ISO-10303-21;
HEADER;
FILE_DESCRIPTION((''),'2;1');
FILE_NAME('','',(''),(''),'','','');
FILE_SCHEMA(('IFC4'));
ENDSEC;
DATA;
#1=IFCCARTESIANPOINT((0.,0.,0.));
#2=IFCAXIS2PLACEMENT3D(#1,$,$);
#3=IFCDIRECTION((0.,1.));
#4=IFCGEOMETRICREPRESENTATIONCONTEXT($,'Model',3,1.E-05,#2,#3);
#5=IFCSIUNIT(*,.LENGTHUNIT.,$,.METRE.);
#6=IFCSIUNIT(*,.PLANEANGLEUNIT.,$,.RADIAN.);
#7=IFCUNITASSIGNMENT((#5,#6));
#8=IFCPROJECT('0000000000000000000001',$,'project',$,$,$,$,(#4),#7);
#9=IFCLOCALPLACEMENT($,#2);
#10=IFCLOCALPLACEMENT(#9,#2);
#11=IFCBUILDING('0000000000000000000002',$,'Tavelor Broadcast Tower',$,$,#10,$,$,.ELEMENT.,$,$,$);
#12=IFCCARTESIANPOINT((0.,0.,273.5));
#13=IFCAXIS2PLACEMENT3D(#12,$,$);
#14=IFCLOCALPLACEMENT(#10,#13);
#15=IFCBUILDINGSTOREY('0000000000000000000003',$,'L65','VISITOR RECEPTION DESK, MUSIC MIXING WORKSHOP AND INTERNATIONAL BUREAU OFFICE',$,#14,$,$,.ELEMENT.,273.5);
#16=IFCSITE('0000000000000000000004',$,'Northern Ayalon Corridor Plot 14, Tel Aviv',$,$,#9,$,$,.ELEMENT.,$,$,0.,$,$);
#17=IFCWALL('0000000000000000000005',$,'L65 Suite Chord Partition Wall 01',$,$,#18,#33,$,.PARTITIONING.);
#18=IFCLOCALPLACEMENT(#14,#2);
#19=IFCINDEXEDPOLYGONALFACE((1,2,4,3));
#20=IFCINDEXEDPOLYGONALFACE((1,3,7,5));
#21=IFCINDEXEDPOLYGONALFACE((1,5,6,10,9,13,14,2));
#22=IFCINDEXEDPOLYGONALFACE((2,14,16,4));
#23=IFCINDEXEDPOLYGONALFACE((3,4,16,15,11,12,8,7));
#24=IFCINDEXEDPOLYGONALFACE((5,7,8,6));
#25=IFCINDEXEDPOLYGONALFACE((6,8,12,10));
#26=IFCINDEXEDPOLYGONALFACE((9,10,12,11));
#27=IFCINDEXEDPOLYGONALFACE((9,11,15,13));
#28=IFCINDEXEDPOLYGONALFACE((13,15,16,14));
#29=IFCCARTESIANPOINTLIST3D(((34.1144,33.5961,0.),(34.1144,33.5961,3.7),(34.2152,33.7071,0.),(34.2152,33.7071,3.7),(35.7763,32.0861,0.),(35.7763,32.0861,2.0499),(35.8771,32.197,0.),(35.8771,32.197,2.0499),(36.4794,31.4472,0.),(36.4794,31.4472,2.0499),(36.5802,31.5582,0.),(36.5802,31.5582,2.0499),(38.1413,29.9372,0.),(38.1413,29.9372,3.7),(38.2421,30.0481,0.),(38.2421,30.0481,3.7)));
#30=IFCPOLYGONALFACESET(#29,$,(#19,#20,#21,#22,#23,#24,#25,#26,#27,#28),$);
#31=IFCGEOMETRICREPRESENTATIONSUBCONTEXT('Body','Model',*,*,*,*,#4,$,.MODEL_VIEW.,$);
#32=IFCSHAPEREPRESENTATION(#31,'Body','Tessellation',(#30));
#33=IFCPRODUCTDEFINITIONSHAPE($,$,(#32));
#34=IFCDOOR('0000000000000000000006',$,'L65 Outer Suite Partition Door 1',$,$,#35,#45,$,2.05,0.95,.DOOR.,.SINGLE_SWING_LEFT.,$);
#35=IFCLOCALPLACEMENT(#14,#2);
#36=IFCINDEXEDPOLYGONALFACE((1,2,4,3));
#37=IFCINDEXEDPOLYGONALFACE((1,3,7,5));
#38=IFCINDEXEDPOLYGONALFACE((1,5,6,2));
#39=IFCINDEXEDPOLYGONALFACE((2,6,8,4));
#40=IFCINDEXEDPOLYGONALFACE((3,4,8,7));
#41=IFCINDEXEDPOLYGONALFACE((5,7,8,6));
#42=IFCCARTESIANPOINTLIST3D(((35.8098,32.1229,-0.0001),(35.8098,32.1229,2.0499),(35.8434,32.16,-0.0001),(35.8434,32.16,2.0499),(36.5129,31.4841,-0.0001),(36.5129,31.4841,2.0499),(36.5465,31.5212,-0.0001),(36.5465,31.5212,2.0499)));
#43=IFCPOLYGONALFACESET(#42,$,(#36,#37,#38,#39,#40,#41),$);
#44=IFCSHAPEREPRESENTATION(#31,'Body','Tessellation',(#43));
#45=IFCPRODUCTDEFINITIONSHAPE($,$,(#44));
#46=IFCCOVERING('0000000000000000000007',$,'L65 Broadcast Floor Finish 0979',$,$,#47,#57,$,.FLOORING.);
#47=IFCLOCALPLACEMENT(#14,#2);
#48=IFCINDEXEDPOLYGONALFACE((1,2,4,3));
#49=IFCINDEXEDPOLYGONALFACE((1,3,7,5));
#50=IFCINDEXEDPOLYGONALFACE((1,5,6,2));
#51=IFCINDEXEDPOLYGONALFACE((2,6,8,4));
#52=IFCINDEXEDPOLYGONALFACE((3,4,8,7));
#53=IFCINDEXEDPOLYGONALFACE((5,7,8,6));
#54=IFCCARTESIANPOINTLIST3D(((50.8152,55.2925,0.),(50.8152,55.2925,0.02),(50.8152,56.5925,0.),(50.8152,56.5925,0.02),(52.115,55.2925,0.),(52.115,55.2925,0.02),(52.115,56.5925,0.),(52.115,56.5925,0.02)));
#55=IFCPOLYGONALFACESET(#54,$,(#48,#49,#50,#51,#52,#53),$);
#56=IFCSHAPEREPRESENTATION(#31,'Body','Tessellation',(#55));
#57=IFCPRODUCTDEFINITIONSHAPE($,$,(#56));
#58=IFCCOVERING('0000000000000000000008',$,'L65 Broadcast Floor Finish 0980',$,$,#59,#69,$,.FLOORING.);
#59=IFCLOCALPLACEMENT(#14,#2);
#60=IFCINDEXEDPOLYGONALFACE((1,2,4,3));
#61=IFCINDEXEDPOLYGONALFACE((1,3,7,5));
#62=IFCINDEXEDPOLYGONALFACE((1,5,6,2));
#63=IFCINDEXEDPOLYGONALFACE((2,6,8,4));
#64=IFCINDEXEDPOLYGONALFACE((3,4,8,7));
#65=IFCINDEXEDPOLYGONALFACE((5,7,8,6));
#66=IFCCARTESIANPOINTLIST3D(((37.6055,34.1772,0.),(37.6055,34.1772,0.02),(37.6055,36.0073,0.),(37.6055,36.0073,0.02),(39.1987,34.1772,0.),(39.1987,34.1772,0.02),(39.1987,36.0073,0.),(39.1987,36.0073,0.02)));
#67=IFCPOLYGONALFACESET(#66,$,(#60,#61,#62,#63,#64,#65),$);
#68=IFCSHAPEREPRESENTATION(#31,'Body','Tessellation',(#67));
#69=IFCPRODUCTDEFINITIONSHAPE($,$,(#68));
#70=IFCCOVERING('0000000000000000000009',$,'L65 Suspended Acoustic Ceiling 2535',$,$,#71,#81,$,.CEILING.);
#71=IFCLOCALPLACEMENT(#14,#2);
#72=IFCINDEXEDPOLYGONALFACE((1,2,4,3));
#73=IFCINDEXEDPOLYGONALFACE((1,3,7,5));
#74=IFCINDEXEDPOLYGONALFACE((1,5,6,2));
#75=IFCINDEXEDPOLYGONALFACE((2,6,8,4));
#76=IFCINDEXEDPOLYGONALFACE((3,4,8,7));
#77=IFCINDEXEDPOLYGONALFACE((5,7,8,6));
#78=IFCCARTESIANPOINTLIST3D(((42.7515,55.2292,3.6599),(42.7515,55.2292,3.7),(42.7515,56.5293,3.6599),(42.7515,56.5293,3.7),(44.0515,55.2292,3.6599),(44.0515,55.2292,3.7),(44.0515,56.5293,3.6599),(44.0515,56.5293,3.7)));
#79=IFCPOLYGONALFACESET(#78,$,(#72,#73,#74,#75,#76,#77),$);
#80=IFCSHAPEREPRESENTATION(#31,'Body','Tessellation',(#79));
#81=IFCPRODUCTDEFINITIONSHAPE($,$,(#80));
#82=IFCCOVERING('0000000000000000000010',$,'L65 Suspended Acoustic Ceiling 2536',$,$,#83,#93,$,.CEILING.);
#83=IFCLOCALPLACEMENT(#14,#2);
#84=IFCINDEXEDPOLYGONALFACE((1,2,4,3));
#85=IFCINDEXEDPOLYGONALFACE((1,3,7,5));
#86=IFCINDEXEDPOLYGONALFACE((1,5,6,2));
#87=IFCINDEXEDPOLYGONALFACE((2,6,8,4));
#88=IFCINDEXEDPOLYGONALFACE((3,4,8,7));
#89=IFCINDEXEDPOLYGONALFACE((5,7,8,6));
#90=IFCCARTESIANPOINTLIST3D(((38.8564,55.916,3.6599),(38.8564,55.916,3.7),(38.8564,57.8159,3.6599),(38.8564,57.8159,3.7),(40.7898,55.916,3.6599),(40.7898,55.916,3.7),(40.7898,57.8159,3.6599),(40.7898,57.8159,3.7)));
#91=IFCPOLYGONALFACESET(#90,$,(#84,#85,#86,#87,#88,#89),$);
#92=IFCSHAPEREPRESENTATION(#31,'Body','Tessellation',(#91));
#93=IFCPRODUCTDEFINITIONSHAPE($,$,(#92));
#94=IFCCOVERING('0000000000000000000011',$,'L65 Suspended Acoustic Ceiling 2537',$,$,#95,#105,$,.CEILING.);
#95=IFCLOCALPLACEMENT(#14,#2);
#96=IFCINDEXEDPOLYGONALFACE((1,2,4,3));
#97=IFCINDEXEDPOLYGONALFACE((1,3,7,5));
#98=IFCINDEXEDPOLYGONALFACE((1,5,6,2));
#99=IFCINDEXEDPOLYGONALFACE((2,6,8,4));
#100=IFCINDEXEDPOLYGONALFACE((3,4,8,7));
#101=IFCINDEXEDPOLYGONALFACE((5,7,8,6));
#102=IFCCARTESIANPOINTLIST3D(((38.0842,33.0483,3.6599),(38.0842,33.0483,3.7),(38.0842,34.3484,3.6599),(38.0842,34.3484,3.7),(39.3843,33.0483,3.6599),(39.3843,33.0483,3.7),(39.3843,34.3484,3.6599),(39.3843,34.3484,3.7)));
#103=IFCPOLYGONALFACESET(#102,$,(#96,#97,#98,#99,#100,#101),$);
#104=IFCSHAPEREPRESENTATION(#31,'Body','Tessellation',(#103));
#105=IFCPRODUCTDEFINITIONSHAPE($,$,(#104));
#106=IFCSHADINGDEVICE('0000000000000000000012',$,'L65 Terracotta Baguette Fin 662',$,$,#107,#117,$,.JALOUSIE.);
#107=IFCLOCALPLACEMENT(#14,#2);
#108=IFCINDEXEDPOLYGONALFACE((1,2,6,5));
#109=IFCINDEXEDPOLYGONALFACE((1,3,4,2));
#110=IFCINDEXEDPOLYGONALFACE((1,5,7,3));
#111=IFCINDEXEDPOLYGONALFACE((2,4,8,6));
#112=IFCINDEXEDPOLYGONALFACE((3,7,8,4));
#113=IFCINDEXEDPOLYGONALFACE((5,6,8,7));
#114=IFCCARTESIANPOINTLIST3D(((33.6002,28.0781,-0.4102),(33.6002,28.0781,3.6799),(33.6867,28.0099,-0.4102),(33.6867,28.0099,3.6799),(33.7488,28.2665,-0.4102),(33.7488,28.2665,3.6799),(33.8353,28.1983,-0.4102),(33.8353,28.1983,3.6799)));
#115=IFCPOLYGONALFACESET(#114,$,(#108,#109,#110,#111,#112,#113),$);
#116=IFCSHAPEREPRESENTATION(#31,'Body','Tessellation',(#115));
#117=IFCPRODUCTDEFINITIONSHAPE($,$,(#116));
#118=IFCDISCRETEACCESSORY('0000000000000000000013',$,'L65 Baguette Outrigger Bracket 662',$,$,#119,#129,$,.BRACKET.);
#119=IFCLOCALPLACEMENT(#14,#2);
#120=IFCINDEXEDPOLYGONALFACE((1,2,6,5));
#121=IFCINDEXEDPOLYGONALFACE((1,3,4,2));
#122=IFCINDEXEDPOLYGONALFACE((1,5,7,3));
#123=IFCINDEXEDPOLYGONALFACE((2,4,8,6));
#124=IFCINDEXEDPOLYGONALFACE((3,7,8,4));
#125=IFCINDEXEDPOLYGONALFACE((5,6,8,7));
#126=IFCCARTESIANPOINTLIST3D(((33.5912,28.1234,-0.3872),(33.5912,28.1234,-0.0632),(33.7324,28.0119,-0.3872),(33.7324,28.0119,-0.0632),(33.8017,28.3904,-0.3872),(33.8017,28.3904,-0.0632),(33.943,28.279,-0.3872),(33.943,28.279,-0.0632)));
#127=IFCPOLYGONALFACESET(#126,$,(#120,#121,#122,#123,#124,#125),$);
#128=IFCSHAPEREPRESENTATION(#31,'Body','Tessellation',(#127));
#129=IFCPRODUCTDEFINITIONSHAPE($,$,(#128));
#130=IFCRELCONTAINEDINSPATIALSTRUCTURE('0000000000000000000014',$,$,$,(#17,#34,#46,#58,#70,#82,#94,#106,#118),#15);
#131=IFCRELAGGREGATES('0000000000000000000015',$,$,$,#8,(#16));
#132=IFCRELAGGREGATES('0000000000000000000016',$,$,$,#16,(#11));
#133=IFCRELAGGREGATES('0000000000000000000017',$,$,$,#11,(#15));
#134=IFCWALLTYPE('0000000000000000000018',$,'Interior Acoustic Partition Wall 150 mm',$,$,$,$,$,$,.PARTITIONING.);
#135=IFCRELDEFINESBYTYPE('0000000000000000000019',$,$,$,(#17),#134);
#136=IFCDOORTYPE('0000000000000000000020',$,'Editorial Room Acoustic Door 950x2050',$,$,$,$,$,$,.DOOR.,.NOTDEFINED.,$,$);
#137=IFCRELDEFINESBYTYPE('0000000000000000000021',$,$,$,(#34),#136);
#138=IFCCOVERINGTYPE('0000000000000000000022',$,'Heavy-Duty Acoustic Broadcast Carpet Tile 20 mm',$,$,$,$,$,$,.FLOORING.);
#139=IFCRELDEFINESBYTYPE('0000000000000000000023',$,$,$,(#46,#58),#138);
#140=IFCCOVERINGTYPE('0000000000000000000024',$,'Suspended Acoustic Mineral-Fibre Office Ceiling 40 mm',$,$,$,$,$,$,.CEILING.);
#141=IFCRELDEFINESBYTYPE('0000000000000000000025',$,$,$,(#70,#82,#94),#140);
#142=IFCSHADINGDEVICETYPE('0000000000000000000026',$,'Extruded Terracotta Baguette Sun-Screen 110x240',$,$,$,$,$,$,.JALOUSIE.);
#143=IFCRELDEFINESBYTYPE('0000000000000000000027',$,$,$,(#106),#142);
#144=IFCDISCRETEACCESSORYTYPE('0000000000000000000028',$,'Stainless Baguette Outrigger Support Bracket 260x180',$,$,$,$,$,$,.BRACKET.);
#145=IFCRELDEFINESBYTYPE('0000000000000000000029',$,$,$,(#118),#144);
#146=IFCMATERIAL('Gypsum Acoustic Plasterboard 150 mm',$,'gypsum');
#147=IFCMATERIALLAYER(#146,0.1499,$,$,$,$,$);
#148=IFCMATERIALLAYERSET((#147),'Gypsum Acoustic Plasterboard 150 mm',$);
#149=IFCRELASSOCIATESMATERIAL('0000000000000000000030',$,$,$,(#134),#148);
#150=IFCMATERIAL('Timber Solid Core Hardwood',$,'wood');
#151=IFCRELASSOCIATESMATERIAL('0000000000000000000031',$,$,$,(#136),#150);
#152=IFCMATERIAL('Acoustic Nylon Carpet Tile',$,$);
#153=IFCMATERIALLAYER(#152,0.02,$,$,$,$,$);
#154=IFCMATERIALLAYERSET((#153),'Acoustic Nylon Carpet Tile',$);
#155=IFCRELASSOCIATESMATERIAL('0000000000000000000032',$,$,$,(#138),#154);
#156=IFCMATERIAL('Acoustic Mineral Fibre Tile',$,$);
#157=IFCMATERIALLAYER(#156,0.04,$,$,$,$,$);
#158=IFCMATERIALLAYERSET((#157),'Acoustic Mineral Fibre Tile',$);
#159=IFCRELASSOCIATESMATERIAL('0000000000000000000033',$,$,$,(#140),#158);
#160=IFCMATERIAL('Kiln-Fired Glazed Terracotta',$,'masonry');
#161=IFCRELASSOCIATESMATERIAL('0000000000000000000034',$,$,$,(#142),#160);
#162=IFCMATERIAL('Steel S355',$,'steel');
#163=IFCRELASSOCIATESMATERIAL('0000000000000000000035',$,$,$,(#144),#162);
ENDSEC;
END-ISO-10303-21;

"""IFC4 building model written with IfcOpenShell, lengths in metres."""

from ifc_helpers import new_model, si_unit, direction, frame, frame_2d, origin, origin_2d, place, context, subcontext, project, spatial, polyline, rectangle, outline, extrude, source, transform, mapped, material, layer, layer_set, type_object, type_shapes, element, fill, save


model = new_model("IFC4")

# Units and contexts
model_context = context("Model", 3, precision=1e-05, world=origin(), true_north=direction((0.0, 1.0)))
body_context = subcontext(model_context, "Body", "Model", "MODEL_VIEW")
ifc_project = project(units=[si_unit("LENGTHUNIT", "METRE"), si_unit("PLANEANGLEUNIT", "RADIAN")], contexts=[model_context])

# Site, building, storey
site_placement = place(None, origin())
site = spatial("IfcSite", under=ifc_project, at=site_placement, Name="Northern Ayalon Corridor Plot 14, Tel Aviv", CompositionType="ELEMENT", RefElevation=0.0)
building_placement = place(site_placement, origin())
building = spatial("IfcBuilding", under=site, at=building_placement, Name="Tavelor Broadcast Tower", CompositionType="ELEMENT")
storey_placement = place(building_placement, frame((0.0, 0.0, 273.5)))
storey = spatial("IfcBuildingStorey", under=building, at=storey_placement, Name="L65", Description="VISITOR RECEPTION DESK, MUSIC MIXING WORKSHOP AND INTERNATIONAL BUREAU OFFICE", CompositionType="ELEMENT", Elevation=273.5)

# Wall, opening, door
ifc_material_1 = material(Name="Gypsum Acoustic Plasterboard 150 mm", Category="gypsum")
ifc_layer_1 = layer(ifc_material_1, 0.1499)
ifc_layer_set_1 = layer_set([ifc_layer_1], Name="Gypsum Acoustic Plasterboard 150 mm")
wall_type = type_object("IfcWallType", Name="Interior Acoustic Partition Wall 150 mm", PredefinedType="PARTITIONING", material=ifc_layer_set_1)
wall_placement = place(storey_placement, frame((34.1648, 33.6516, 0.0), z_axis=(0.0, 0.0, 1.0), x_axis=(0.740109, -0.672487, 0.0)))
wall = element("IfcWall", 1, at=wall_placement, inside=storey, type_object=wall_type, Name="L65 Suite Chord Partition Wall 01", PredefinedType="PARTITIONING", context=body_context, shape_type="SweptSolid", body=[
    extrude(rectangle(XDim=5.4409, YDim=0.1499, at=frame_2d((2.7205, 0.0))), origin(), (0.0, 0.0, 1.0), 3.7),
])
opening_placement = place(wall_placement, frame((2.2454, 0.0, 0.0)))
opening = element("IfcOpeningElement", 2, at=opening_placement, cuts=wall, PredefinedType="OPENING", context=body_context, shape_type="SweptSolid", body=[
    extrude(rectangle(XDim=0.95, YDim=2.05, at=frame_2d((0.4751, 1.0249))), frame((0.0, 0.085, 0.0), z_axis=(0.0, -1.0, 0.0), x_axis=(1.0, 0.0, 0.0)), (0.0, 0.0, 1.0), 0.1699),
])
ifc_material_2 = material(Name="Timber Solid Core Hardwood", Category="wood")
door_type = type_object("IfcDoorType", Name="Editorial Room Acoustic Door 950x2050", OperationType="NOTDEFINED", PredefinedType="DOOR", material=ifc_material_2)
door_placement = place(opening_placement, origin())
door = element("IfcDoor", 3, at=door_placement, inside=storey, type_object=door_type, Name="L65 Outer Suite Partition Door 1", OperationType="SINGLE_SWING_LEFT", OverallHeight=2.05, OverallWidth=0.95, PredefinedType="DOOR", context=body_context, shape_type="SweptSolid", body=[
    extrude(rectangle(XDim=0.95, YDim=2.05, at=frame_2d((0.4751, 1.0249))), frame((0.0, 0.0249, 0.0), z_axis=(0.0, -1.0, 0.0), x_axis=(1.0, 0.0, 0.0)), (0.0, 0.0, 1.0), 0.05),
])
fill(opening, door)

# Coverings
ifc_material_3 = material(Name="Acoustic Nylon Carpet Tile")
ifc_layer_2 = layer(ifc_material_3, 0.02)
ifc_layer_set_2 = layer_set([ifc_layer_2], Name="Acoustic Nylon Carpet Tile")
covering_type_1 = type_object("IfcCoveringType", Name="Heavy-Duty Acoustic Broadcast Carpet Tile 20 mm", PredefinedType="FLOORING", material=ifc_layer_set_2)
covering_1_placement = place(storey_placement, origin())
element("IfcCovering", 4, at=covering_1_placement, inside=storey, type_object=covering_type_1, Name="L65 Broadcast Floor Finish 0979", PredefinedType="FLOORING", context=body_context, shape_type="SweptSolid", body=[
    extrude(outline(polyline([(50.8152, 55.2925), (52.115, 55.2925), (52.115, 56.5925), (50.8152, 56.5925), (50.8152, 55.2925)])), origin(), (0.0, 0.0, 1.0), 0.02),
])
covering_2_placement = place(storey_placement, origin())
element("IfcCovering", 5, at=covering_2_placement, inside=storey, type_object=covering_type_1, Name="L65 Broadcast Floor Finish 0980", PredefinedType="FLOORING", context=body_context, shape_type="SweptSolid", body=[
    extrude(outline(polyline([(37.6055, 34.1772), (39.1987, 34.1772), (39.1987, 36.0073), (37.6055, 36.0073), (37.6055, 34.1772)])), origin(), (0.0, 0.0, 1.0), 0.02),
])
ifc_material_4 = material(Name="Acoustic Mineral Fibre Tile")
ifc_layer_3 = layer(ifc_material_4, 0.04)
ifc_layer_set_3 = layer_set([ifc_layer_3], Name="Acoustic Mineral Fibre Tile")
covering_type_2 = type_object("IfcCoveringType", Name="Suspended Acoustic Mineral-Fibre Office Ceiling 40 mm", PredefinedType="CEILING", material=ifc_layer_set_3)
covering_3_placement = place(storey_placement, frame((0.0, 0.0, 3.6599)))
element("IfcCovering", 6, at=covering_3_placement, inside=storey, type_object=covering_type_2, Name="L65 Suspended Acoustic Ceiling 2535", PredefinedType="CEILING", context=body_context, shape_type="SweptSolid", body=[
    extrude(outline(polyline([(42.7515, 55.2292), (44.0515, 55.2292), (44.0515, 56.5293), (42.7515, 56.5293), (42.7515, 55.2292)])), origin(), (0.0, 0.0, 1.0), 0.04),
])
covering_4_placement = place(storey_placement, frame((0.0, 0.0, 3.6599)))
element("IfcCovering", 7, at=covering_4_placement, inside=storey, type_object=covering_type_2, Name="L65 Suspended Acoustic Ceiling 2536", PredefinedType="CEILING", context=body_context, shape_type="SweptSolid", body=[
    extrude(outline(polyline([(38.8564, 55.916), (40.7898, 55.916), (40.7898, 57.8159), (38.8564, 57.8159), (38.8564, 55.916)])), origin(), (0.0, 0.0, 1.0), 0.04),
])
covering_5_placement = place(storey_placement, frame((0.0, 0.0, 3.6599)))
element("IfcCovering", 8, at=covering_5_placement, inside=storey, type_object=covering_type_2, Name="L65 Suspended Acoustic Ceiling 2537", PredefinedType="CEILING", context=body_context, shape_type="SweptSolid", body=[
    extrude(outline(polyline([(38.0842, 33.0483), (39.3843, 33.0483), (39.3843, 34.3484), (38.0842, 34.3484), (38.0842, 33.0483)])), origin(), (0.0, 0.0, 1.0), 0.04),
])

# Shading device
ifc_material_5 = material(Name="Kiln-Fired Glazed Terracotta", Category="masonry")
shading_device_type = type_object("IfcShadingDeviceType", Name="Extruded Terracotta Baguette Sun-Screen 110x240", PredefinedType="JALOUSIE", material=ifc_material_5)
shared_shape_1 = source(origin(), body_context, "Body", "SweptSolid", [
    extrude(rectangle(XDim=0.1101, YDim=0.24, at=origin_2d()), origin(), (0.0, 0.0, 1.0), 4.0901),
])
type_shapes(shading_device_type, [shared_shape_1])
shading_device_placement = place(storey_placement, frame((33.7178, 28.1382, -0.4102), z_axis=(0.0, 0.0, 1.0), x_axis=(0.785209, -0.619231, 0.0)))
element("IfcShadingDevice", 9, at=shading_device_placement, inside=storey, type_object=shading_device_type, Name="L65 Terracotta Baguette Fin 662", PredefinedType="JALOUSIE", context=body_context, shape_type="MappedRepresentation", body=[
    mapped(shared_shape_1, transform((0.0, 0.0, 0.0), scale=1.0)),
])

# Discrete accessory
ifc_material_6 = material(Name="Steel S355", Category="steel")
discrete_accessory_type = type_object("IfcDiscreteAccessoryType", Name="Stainless Baguette Outrigger Support Bracket 260x180", PredefinedType="BRACKET", material=ifc_material_6)
shared_shape_2 = source(origin(), body_context, "Body", "SweptSolid", [
    extrude(rectangle(XDim=0.1799, YDim=0.3401, at=origin_2d()), origin(), (0.0, 0.0, 1.0), 0.324),
])
type_shapes(discrete_accessory_type, [shared_shape_2])
discrete_accessory_placement = place(storey_placement, frame((33.7671, 28.2012, -0.3872), z_axis=(0.0, 0.0, 1.0), x_axis=(0.785209, -0.619231, 0.0)))
element("IfcDiscreteAccessory", 10, at=discrete_accessory_placement, inside=storey, type_object=discrete_accessory_type, Name="L65 Baguette Outrigger Bracket 662", PredefinedType="BRACKET", context=body_context, shape_type="MappedRepresentation", body=[
    mapped(shared_shape_2, transform((0.0, 0.0, 0.0), scale=1.0)),
])

save(model, "model.ifc")
